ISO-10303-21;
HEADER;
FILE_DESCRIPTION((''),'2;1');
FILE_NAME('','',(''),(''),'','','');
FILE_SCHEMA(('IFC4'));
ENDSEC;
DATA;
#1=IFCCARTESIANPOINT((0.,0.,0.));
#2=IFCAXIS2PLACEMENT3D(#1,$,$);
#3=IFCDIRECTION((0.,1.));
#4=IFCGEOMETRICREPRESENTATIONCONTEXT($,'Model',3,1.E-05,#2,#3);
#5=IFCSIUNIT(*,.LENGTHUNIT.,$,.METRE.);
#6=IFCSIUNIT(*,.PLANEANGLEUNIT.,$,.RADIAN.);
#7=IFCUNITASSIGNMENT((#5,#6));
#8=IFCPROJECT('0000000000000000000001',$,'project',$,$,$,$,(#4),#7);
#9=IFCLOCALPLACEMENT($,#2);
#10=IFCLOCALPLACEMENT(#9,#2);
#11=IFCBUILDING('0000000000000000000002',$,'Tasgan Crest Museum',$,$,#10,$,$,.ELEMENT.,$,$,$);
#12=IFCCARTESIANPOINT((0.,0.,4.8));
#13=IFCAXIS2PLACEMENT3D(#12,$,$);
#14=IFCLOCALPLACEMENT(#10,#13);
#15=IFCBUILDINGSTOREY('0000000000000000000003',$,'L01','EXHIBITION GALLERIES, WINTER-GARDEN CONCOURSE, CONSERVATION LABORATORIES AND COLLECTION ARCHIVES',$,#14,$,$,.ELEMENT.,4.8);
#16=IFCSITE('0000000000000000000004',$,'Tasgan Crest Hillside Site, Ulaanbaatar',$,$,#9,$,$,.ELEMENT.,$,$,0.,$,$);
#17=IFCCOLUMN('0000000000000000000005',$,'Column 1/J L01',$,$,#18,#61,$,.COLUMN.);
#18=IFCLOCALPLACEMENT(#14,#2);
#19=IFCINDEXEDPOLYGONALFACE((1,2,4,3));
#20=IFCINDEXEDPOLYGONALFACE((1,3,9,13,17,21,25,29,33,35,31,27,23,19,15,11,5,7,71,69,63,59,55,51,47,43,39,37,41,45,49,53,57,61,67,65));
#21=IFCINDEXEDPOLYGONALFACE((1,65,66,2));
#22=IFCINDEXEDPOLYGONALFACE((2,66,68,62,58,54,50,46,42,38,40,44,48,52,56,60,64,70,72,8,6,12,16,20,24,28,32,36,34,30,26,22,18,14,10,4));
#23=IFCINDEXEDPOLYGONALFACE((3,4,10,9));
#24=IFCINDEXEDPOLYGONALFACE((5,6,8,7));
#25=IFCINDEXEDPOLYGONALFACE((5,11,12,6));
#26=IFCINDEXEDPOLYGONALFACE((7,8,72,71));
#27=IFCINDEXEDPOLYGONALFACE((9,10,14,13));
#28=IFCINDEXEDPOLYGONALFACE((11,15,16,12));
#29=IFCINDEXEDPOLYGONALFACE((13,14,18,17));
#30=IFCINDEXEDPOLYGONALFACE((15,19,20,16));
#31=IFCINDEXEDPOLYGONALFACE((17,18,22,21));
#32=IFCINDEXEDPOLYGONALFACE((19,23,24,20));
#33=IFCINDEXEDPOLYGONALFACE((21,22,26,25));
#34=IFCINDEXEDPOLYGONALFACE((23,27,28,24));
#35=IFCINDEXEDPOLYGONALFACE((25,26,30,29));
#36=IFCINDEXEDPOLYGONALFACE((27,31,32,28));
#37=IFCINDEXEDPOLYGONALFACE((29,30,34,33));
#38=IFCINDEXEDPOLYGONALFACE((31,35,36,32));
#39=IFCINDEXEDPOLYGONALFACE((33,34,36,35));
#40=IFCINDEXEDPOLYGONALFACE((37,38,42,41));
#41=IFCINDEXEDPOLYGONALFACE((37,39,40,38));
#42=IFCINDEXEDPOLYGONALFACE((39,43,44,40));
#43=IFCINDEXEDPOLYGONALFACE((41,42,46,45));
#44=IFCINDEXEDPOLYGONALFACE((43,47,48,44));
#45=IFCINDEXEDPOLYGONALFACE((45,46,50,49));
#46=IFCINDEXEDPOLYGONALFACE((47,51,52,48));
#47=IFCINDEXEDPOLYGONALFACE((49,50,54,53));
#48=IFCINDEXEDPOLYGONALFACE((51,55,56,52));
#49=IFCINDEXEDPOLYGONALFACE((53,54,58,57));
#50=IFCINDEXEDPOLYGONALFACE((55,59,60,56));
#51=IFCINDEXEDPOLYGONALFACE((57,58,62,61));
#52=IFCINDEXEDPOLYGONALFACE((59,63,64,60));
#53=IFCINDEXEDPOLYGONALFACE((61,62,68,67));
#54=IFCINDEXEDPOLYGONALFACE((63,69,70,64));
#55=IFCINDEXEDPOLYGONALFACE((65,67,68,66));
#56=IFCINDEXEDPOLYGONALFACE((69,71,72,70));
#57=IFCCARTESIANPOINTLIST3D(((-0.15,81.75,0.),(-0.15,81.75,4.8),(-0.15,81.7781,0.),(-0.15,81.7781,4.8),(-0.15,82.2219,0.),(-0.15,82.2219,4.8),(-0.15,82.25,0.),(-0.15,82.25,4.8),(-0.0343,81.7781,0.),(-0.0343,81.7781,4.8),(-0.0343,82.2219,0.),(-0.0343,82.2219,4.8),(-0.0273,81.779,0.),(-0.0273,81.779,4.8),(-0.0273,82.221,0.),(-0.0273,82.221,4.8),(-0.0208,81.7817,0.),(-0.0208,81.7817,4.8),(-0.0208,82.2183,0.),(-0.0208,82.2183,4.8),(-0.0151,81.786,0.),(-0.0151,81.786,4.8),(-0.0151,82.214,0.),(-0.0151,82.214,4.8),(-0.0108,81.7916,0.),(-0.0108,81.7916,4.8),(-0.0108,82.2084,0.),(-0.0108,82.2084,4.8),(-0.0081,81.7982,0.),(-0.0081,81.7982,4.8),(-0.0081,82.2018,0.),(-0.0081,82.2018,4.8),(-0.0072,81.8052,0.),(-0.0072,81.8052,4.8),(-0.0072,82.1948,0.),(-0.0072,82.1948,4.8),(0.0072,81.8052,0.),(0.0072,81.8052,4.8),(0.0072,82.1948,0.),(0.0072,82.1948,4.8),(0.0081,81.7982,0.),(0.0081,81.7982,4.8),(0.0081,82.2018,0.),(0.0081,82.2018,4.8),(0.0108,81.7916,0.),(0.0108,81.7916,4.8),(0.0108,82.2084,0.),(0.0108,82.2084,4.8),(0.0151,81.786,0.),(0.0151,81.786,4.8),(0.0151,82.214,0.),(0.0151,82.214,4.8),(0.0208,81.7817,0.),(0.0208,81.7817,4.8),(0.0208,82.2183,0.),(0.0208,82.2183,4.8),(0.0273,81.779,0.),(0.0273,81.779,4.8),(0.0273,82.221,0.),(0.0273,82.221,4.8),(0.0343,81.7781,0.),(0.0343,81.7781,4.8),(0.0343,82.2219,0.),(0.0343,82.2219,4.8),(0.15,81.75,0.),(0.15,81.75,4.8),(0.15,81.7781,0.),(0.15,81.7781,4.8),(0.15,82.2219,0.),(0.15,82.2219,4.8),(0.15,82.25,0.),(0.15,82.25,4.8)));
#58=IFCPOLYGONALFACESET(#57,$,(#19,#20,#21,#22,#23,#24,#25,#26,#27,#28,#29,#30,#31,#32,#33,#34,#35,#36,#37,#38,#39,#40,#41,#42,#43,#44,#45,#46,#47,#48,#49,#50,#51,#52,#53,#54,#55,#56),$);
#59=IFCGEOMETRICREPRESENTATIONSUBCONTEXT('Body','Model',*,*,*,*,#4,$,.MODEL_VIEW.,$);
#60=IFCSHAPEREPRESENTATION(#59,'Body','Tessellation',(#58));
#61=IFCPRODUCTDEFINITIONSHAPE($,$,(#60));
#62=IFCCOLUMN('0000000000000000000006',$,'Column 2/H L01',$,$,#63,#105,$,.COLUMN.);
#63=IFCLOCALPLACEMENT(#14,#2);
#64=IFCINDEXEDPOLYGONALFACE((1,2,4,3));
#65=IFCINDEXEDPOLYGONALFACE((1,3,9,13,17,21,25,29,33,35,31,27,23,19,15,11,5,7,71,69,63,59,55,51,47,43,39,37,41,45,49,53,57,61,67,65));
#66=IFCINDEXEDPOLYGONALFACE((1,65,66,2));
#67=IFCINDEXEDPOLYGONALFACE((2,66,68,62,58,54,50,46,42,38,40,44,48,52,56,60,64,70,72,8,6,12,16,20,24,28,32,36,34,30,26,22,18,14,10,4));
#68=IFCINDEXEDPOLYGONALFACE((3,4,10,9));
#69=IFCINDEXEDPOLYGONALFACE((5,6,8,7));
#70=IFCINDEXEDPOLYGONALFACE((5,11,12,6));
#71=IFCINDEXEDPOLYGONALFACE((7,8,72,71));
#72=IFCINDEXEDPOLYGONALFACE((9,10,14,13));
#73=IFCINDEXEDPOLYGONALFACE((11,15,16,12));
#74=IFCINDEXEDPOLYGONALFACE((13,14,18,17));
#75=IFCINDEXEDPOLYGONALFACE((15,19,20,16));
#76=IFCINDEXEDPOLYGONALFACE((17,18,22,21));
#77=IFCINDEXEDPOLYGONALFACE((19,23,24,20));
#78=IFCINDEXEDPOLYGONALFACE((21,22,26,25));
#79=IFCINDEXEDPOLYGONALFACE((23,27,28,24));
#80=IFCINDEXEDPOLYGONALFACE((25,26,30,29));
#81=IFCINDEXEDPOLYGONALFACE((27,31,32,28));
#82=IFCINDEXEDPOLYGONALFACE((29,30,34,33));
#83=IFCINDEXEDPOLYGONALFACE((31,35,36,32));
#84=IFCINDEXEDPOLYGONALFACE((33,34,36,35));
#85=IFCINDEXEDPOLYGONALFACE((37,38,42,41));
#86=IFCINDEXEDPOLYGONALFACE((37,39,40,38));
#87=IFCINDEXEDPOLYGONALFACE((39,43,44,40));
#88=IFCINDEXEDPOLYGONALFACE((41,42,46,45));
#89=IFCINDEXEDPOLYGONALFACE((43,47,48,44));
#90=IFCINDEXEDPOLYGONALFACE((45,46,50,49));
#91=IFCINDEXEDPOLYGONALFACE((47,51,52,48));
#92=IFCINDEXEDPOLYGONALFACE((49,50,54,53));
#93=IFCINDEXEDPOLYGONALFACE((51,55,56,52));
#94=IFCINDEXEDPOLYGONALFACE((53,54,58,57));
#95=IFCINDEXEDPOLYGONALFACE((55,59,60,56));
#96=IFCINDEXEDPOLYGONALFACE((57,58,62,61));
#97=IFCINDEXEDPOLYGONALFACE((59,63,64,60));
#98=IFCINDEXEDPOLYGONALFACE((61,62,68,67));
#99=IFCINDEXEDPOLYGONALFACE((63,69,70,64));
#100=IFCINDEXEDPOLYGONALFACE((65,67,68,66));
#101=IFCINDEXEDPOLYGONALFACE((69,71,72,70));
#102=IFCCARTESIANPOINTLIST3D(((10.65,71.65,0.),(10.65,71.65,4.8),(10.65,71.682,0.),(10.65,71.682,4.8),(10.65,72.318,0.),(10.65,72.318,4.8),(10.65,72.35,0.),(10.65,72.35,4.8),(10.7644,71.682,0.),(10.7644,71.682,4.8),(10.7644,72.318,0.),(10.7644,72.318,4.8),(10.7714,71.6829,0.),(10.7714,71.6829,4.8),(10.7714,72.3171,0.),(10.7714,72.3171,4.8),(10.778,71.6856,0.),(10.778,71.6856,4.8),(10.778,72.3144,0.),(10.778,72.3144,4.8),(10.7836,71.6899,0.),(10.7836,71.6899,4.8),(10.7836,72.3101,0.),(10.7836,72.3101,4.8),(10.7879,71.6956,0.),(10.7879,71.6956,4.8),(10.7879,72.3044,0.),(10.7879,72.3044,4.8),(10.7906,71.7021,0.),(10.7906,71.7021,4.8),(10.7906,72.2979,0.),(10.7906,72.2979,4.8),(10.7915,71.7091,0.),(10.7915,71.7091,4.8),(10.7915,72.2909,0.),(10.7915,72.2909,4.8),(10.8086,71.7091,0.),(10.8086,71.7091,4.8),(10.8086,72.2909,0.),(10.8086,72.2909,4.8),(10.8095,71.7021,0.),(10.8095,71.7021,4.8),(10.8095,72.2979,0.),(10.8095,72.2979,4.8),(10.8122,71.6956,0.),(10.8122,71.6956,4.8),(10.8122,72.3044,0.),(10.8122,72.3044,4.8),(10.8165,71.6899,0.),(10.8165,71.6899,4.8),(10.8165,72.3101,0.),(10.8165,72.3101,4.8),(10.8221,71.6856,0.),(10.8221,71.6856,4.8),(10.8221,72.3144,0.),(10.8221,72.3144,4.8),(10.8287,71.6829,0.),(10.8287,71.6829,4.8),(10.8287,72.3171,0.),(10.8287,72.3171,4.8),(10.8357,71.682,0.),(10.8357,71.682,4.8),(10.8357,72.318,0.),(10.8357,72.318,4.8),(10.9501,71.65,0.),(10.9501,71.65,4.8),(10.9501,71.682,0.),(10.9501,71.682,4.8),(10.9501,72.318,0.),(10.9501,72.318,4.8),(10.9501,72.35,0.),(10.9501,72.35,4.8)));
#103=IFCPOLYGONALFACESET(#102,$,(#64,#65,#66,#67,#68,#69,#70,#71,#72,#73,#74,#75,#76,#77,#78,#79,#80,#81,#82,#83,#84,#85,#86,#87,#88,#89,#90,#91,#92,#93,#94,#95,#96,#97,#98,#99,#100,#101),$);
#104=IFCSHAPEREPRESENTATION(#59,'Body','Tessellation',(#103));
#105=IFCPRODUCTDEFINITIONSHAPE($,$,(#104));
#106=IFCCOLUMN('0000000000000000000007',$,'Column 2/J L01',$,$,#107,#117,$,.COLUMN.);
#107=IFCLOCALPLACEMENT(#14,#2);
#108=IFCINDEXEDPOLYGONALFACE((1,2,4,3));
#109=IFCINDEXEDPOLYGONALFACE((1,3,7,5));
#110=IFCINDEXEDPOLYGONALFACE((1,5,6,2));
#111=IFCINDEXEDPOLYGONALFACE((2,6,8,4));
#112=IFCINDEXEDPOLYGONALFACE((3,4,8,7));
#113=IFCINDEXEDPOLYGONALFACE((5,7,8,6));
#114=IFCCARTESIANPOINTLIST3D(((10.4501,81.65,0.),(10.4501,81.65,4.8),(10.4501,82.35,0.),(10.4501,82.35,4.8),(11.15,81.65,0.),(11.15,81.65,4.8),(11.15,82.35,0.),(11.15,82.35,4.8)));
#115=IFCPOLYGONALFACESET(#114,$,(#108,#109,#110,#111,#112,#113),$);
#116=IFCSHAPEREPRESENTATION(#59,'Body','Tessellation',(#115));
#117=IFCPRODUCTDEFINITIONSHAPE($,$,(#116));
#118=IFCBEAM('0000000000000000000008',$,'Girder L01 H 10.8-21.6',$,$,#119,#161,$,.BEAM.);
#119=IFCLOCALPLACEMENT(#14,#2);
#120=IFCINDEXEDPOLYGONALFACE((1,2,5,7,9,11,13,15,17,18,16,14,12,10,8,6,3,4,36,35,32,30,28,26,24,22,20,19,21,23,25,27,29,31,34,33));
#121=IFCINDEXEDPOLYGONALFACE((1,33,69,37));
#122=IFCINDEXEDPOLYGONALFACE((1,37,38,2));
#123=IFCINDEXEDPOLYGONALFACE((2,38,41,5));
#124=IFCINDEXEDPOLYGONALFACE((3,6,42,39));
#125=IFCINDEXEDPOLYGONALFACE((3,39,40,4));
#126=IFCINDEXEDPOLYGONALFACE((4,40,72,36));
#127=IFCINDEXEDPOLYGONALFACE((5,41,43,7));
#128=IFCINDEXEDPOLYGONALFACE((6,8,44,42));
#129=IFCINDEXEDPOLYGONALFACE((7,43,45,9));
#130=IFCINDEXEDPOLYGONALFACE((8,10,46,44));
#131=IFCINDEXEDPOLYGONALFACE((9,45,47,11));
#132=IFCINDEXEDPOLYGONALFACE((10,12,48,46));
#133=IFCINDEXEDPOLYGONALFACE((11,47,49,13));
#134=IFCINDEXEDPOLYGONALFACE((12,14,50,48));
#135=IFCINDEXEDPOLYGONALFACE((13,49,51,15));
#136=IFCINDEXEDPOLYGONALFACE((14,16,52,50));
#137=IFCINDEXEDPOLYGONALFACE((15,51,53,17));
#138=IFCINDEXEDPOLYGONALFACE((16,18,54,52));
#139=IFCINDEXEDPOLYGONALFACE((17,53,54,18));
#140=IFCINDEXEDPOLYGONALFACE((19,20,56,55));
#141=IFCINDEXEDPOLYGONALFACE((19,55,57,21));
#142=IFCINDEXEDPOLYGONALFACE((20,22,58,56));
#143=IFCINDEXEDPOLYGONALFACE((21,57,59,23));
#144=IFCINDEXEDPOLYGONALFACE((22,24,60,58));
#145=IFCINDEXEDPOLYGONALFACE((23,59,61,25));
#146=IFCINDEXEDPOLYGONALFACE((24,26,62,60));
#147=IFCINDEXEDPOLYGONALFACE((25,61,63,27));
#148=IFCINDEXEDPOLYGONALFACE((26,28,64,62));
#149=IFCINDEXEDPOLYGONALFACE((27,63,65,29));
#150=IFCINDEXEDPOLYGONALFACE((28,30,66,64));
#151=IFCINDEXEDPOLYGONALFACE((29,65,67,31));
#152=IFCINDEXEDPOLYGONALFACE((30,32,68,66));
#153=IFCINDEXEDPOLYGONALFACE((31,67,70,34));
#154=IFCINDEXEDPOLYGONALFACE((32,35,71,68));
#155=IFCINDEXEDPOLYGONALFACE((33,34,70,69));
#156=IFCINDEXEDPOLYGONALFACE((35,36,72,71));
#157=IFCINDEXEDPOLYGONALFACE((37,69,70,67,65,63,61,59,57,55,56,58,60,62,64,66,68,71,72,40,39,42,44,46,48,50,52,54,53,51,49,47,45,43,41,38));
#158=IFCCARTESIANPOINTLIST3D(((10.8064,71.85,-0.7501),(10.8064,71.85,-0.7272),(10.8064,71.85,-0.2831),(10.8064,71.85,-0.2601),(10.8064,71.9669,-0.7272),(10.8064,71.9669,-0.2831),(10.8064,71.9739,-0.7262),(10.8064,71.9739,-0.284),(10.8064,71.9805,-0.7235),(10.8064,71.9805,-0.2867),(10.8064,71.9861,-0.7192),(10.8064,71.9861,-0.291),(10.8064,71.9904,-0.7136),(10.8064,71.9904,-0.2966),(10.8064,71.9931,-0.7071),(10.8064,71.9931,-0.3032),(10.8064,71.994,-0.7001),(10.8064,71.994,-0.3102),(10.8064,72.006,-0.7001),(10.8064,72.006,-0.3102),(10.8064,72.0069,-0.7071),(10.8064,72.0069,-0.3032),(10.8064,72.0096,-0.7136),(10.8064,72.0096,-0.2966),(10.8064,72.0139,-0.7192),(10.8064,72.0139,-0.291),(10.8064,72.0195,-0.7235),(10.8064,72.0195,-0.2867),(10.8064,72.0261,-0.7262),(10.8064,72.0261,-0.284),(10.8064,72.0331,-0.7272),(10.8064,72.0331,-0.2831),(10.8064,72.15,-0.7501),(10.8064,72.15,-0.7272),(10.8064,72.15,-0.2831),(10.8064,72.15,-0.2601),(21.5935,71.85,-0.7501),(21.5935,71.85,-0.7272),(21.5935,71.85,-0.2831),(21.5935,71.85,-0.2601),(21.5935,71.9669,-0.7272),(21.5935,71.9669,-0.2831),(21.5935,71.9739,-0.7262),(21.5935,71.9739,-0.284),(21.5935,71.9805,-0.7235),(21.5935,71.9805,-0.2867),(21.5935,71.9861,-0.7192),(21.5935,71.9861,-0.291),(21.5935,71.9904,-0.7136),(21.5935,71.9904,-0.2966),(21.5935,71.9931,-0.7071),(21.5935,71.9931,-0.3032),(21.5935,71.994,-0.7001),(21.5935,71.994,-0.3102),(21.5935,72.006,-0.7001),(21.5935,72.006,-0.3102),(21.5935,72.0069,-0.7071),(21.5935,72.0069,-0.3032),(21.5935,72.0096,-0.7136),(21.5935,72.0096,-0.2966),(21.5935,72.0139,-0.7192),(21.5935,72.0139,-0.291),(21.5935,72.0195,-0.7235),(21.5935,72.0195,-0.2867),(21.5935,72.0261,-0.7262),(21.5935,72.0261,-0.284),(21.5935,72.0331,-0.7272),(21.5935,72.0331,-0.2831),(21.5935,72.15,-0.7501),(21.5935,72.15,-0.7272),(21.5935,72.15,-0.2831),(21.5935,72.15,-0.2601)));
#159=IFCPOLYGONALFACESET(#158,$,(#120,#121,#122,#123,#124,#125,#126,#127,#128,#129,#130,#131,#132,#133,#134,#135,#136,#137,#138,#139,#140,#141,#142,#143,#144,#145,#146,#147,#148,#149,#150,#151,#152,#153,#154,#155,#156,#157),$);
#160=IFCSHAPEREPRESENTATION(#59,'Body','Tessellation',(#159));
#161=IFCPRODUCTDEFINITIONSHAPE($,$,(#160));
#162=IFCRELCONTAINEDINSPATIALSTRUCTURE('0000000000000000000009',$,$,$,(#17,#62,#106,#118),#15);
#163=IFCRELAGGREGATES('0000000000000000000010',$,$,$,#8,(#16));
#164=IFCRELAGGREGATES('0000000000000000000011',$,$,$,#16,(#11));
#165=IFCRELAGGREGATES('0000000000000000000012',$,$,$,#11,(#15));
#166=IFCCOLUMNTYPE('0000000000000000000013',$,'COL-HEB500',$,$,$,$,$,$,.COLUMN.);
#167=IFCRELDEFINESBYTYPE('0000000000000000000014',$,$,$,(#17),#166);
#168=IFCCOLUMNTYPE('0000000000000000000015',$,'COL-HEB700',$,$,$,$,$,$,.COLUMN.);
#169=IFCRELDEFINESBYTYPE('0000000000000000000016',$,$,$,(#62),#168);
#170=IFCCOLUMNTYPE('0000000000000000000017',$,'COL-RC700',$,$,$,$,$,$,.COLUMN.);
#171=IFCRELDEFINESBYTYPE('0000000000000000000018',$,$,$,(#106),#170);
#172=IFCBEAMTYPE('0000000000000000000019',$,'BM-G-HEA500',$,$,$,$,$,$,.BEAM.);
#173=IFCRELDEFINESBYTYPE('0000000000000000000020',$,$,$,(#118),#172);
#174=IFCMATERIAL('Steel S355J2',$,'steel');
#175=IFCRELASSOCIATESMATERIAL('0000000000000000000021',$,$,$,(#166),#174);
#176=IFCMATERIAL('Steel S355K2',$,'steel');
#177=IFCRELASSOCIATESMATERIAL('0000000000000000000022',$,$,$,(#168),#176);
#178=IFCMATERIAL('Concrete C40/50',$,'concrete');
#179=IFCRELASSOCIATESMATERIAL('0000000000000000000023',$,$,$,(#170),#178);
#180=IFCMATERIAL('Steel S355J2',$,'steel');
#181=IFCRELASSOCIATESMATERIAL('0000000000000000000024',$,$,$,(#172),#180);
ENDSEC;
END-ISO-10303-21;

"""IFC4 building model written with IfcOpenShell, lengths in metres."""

from ifc_helpers import new_model, si_unit, direction, frame, origin, origin_2d, place, context, subcontext, project, spatial, rectangle, i_section, extrude, material, material_profile, profile_set, type_object, element, save


model = new_model("IFC4")

# Units and contexts
model_context = context("Model", 3, precision=1e-05, world=origin(), true_north=direction((0.0, 1.0)))
body_context = subcontext(model_context, "Body", "Model", "MODEL_VIEW")
ifc_project = project(units=[si_unit("LENGTHUNIT", "METRE"), si_unit("PLANEANGLEUNIT", "RADIAN")], contexts=[model_context])

# Site, building, storey
site_placement = place(None, origin())
site = spatial("IfcSite", under=ifc_project, at=site_placement, Name="Tasgan Crest Hillside Site, Ulaanbaatar", CompositionType="ELEMENT", RefElevation=0.0)
building_placement = place(site_placement, origin())
building = spatial("IfcBuilding", under=site, at=building_placement, Name="Tasgan Crest Museum", CompositionType="ELEMENT")
storey_placement = place(building_placement, frame((0.0, 0.0, 4.8)))
storey = spatial("IfcBuildingStorey", under=building, at=storey_placement, Name="L01", Description="EXHIBITION GALLERIES, WINTER-GARDEN CONCOURSE, CONSERVATION LABORATORIES AND COLLECTION ARCHIVES", CompositionType="ELEMENT", Elevation=4.8)

# Columns
ifc_material_1 = material(Name="Steel S355J2", Category="steel")
ifc_material_profile_1 = material_profile(ifc_material_1, i_section(OverallWidth=0.3, OverallDepth=0.5, WebThickness=0.0144, FlangeThickness=0.0281, FilletRadius=0.0271, at=origin_2d()), Name="HEB 500")
ifc_profile_set_1 = profile_set([ifc_material_profile_1], Name="Steel S355J2")
column_type_1 = type_object("IfcColumnType", Name="COL-HEB500", PredefinedType="COLUMN", material=ifc_profile_set_1)
column_1_placement = place(storey_placement, frame((0.0, 82.0, 0.0), z_axis=(0.0, 0.0, 1.0), x_axis=(1.0, 0.0, 0.0)))
element("IfcColumn", 1, at=column_1_placement, inside=storey, type_object=column_type_1, Name="Column 1/J L01", PredefinedType="COLUMN", context=body_context, shape_type="SweptSolid", body=[
    extrude(i_section(OverallWidth=0.3, OverallDepth=0.5, WebThickness=0.0144, FlangeThickness=0.0281, FilletRadius=0.0271, at=origin_2d()), origin(), (0.0, 0.0, 1.0), 4.8),
])
ifc_material_2 = material(Name="Steel S355K2", Category="steel")
ifc_material_profile_2 = material_profile(ifc_material_2, i_section(OverallWidth=0.3, OverallDepth=0.7, WebThickness=0.0171, FlangeThickness=0.032, FilletRadius=0.0271, at=origin_2d()), Name="HEB 700")
ifc_profile_set_2 = profile_set([ifc_material_profile_2], Name="Steel S355K2")
column_type_2 = type_object("IfcColumnType", Name="COL-HEB700", PredefinedType="COLUMN", material=ifc_profile_set_2)
column_2_placement = place(storey_placement, frame((10.8, 72.0, 0.0), z_axis=(0.0, 0.0, 1.0), x_axis=(1.0, 0.0, 0.0)))
element("IfcColumn", 2, at=column_2_placement, inside=storey, type_object=column_type_2, Name="Column 2/H L01", PredefinedType="COLUMN", context=body_context, shape_type="SweptSolid", body=[
    extrude(i_section(OverallWidth=0.3, OverallDepth=0.7, WebThickness=0.0171, FlangeThickness=0.032, FilletRadius=0.0271, at=origin_2d()), origin(), (0.0, 0.0, 1.0), 4.8),
])
ifc_material_3 = material(Name="Concrete C40/50", Category="concrete")
ifc_material_profile_3 = material_profile(ifc_material_3, rectangle(XDim=0.7, YDim=0.7, at=origin_2d()), Name="RC 700x700")
ifc_profile_set_3 = profile_set([ifc_material_profile_3], Name="Concrete C40/50")
column_type_3 = type_object("IfcColumnType", Name="COL-RC700", PredefinedType="COLUMN", material=ifc_profile_set_3)
column_3_placement = place(storey_placement, frame((10.8, 82.0, 0.0), z_axis=(0.0, 0.0, 1.0), x_axis=(1.0, 0.0, 0.0)))
element("IfcColumn", 3, at=column_3_placement, inside=storey, type_object=column_type_3, Name="Column 2/J L01", PredefinedType="COLUMN", context=body_context, shape_type="SweptSolid", body=[
    extrude(rectangle(XDim=0.7, YDim=0.7, at=origin_2d()), origin(), (0.0, 0.0, 1.0), 4.8),
])

# Beam
ifc_material_4 = material(Name="Steel S355J2", Category="steel")
ifc_material_profile_4 = material_profile(ifc_material_4, i_section(OverallWidth=0.3, OverallDepth=0.49, WebThickness=0.012, FlangeThickness=0.0229, FilletRadius=0.0271, at=origin_2d()), Name="HEA 500")
ifc_profile_set_4 = profile_set([ifc_material_profile_4], Name="Steel S355J2")
beam_type_1 = type_object("IfcBeamType", Name="BM-G-HEA500", PredefinedType="BEAM", material=ifc_profile_set_4)
beam_1_placement = place(storey_placement, frame((10.8064, 72.0, -0.5051), z_axis=(1.0, 0.0, 0.0), x_axis=(0.0, 1.0, 0.0)))
element("IfcBeam", 4, at=beam_1_placement, inside=storey, type_object=beam_type_1, Name="Girder L01 H 10.8-21.6", PredefinedType="BEAM", context=body_context, shape_type="SweptSolid", body=[
    extrude(i_section(OverallWidth=0.3, OverallDepth=0.49, WebThickness=0.012, FlangeThickness=0.0229, FilletRadius=0.0271, at=origin_2d()), origin(), (0.0, 0.0, 1.0), 10.7871),
])

save(model, "model.ifc")
